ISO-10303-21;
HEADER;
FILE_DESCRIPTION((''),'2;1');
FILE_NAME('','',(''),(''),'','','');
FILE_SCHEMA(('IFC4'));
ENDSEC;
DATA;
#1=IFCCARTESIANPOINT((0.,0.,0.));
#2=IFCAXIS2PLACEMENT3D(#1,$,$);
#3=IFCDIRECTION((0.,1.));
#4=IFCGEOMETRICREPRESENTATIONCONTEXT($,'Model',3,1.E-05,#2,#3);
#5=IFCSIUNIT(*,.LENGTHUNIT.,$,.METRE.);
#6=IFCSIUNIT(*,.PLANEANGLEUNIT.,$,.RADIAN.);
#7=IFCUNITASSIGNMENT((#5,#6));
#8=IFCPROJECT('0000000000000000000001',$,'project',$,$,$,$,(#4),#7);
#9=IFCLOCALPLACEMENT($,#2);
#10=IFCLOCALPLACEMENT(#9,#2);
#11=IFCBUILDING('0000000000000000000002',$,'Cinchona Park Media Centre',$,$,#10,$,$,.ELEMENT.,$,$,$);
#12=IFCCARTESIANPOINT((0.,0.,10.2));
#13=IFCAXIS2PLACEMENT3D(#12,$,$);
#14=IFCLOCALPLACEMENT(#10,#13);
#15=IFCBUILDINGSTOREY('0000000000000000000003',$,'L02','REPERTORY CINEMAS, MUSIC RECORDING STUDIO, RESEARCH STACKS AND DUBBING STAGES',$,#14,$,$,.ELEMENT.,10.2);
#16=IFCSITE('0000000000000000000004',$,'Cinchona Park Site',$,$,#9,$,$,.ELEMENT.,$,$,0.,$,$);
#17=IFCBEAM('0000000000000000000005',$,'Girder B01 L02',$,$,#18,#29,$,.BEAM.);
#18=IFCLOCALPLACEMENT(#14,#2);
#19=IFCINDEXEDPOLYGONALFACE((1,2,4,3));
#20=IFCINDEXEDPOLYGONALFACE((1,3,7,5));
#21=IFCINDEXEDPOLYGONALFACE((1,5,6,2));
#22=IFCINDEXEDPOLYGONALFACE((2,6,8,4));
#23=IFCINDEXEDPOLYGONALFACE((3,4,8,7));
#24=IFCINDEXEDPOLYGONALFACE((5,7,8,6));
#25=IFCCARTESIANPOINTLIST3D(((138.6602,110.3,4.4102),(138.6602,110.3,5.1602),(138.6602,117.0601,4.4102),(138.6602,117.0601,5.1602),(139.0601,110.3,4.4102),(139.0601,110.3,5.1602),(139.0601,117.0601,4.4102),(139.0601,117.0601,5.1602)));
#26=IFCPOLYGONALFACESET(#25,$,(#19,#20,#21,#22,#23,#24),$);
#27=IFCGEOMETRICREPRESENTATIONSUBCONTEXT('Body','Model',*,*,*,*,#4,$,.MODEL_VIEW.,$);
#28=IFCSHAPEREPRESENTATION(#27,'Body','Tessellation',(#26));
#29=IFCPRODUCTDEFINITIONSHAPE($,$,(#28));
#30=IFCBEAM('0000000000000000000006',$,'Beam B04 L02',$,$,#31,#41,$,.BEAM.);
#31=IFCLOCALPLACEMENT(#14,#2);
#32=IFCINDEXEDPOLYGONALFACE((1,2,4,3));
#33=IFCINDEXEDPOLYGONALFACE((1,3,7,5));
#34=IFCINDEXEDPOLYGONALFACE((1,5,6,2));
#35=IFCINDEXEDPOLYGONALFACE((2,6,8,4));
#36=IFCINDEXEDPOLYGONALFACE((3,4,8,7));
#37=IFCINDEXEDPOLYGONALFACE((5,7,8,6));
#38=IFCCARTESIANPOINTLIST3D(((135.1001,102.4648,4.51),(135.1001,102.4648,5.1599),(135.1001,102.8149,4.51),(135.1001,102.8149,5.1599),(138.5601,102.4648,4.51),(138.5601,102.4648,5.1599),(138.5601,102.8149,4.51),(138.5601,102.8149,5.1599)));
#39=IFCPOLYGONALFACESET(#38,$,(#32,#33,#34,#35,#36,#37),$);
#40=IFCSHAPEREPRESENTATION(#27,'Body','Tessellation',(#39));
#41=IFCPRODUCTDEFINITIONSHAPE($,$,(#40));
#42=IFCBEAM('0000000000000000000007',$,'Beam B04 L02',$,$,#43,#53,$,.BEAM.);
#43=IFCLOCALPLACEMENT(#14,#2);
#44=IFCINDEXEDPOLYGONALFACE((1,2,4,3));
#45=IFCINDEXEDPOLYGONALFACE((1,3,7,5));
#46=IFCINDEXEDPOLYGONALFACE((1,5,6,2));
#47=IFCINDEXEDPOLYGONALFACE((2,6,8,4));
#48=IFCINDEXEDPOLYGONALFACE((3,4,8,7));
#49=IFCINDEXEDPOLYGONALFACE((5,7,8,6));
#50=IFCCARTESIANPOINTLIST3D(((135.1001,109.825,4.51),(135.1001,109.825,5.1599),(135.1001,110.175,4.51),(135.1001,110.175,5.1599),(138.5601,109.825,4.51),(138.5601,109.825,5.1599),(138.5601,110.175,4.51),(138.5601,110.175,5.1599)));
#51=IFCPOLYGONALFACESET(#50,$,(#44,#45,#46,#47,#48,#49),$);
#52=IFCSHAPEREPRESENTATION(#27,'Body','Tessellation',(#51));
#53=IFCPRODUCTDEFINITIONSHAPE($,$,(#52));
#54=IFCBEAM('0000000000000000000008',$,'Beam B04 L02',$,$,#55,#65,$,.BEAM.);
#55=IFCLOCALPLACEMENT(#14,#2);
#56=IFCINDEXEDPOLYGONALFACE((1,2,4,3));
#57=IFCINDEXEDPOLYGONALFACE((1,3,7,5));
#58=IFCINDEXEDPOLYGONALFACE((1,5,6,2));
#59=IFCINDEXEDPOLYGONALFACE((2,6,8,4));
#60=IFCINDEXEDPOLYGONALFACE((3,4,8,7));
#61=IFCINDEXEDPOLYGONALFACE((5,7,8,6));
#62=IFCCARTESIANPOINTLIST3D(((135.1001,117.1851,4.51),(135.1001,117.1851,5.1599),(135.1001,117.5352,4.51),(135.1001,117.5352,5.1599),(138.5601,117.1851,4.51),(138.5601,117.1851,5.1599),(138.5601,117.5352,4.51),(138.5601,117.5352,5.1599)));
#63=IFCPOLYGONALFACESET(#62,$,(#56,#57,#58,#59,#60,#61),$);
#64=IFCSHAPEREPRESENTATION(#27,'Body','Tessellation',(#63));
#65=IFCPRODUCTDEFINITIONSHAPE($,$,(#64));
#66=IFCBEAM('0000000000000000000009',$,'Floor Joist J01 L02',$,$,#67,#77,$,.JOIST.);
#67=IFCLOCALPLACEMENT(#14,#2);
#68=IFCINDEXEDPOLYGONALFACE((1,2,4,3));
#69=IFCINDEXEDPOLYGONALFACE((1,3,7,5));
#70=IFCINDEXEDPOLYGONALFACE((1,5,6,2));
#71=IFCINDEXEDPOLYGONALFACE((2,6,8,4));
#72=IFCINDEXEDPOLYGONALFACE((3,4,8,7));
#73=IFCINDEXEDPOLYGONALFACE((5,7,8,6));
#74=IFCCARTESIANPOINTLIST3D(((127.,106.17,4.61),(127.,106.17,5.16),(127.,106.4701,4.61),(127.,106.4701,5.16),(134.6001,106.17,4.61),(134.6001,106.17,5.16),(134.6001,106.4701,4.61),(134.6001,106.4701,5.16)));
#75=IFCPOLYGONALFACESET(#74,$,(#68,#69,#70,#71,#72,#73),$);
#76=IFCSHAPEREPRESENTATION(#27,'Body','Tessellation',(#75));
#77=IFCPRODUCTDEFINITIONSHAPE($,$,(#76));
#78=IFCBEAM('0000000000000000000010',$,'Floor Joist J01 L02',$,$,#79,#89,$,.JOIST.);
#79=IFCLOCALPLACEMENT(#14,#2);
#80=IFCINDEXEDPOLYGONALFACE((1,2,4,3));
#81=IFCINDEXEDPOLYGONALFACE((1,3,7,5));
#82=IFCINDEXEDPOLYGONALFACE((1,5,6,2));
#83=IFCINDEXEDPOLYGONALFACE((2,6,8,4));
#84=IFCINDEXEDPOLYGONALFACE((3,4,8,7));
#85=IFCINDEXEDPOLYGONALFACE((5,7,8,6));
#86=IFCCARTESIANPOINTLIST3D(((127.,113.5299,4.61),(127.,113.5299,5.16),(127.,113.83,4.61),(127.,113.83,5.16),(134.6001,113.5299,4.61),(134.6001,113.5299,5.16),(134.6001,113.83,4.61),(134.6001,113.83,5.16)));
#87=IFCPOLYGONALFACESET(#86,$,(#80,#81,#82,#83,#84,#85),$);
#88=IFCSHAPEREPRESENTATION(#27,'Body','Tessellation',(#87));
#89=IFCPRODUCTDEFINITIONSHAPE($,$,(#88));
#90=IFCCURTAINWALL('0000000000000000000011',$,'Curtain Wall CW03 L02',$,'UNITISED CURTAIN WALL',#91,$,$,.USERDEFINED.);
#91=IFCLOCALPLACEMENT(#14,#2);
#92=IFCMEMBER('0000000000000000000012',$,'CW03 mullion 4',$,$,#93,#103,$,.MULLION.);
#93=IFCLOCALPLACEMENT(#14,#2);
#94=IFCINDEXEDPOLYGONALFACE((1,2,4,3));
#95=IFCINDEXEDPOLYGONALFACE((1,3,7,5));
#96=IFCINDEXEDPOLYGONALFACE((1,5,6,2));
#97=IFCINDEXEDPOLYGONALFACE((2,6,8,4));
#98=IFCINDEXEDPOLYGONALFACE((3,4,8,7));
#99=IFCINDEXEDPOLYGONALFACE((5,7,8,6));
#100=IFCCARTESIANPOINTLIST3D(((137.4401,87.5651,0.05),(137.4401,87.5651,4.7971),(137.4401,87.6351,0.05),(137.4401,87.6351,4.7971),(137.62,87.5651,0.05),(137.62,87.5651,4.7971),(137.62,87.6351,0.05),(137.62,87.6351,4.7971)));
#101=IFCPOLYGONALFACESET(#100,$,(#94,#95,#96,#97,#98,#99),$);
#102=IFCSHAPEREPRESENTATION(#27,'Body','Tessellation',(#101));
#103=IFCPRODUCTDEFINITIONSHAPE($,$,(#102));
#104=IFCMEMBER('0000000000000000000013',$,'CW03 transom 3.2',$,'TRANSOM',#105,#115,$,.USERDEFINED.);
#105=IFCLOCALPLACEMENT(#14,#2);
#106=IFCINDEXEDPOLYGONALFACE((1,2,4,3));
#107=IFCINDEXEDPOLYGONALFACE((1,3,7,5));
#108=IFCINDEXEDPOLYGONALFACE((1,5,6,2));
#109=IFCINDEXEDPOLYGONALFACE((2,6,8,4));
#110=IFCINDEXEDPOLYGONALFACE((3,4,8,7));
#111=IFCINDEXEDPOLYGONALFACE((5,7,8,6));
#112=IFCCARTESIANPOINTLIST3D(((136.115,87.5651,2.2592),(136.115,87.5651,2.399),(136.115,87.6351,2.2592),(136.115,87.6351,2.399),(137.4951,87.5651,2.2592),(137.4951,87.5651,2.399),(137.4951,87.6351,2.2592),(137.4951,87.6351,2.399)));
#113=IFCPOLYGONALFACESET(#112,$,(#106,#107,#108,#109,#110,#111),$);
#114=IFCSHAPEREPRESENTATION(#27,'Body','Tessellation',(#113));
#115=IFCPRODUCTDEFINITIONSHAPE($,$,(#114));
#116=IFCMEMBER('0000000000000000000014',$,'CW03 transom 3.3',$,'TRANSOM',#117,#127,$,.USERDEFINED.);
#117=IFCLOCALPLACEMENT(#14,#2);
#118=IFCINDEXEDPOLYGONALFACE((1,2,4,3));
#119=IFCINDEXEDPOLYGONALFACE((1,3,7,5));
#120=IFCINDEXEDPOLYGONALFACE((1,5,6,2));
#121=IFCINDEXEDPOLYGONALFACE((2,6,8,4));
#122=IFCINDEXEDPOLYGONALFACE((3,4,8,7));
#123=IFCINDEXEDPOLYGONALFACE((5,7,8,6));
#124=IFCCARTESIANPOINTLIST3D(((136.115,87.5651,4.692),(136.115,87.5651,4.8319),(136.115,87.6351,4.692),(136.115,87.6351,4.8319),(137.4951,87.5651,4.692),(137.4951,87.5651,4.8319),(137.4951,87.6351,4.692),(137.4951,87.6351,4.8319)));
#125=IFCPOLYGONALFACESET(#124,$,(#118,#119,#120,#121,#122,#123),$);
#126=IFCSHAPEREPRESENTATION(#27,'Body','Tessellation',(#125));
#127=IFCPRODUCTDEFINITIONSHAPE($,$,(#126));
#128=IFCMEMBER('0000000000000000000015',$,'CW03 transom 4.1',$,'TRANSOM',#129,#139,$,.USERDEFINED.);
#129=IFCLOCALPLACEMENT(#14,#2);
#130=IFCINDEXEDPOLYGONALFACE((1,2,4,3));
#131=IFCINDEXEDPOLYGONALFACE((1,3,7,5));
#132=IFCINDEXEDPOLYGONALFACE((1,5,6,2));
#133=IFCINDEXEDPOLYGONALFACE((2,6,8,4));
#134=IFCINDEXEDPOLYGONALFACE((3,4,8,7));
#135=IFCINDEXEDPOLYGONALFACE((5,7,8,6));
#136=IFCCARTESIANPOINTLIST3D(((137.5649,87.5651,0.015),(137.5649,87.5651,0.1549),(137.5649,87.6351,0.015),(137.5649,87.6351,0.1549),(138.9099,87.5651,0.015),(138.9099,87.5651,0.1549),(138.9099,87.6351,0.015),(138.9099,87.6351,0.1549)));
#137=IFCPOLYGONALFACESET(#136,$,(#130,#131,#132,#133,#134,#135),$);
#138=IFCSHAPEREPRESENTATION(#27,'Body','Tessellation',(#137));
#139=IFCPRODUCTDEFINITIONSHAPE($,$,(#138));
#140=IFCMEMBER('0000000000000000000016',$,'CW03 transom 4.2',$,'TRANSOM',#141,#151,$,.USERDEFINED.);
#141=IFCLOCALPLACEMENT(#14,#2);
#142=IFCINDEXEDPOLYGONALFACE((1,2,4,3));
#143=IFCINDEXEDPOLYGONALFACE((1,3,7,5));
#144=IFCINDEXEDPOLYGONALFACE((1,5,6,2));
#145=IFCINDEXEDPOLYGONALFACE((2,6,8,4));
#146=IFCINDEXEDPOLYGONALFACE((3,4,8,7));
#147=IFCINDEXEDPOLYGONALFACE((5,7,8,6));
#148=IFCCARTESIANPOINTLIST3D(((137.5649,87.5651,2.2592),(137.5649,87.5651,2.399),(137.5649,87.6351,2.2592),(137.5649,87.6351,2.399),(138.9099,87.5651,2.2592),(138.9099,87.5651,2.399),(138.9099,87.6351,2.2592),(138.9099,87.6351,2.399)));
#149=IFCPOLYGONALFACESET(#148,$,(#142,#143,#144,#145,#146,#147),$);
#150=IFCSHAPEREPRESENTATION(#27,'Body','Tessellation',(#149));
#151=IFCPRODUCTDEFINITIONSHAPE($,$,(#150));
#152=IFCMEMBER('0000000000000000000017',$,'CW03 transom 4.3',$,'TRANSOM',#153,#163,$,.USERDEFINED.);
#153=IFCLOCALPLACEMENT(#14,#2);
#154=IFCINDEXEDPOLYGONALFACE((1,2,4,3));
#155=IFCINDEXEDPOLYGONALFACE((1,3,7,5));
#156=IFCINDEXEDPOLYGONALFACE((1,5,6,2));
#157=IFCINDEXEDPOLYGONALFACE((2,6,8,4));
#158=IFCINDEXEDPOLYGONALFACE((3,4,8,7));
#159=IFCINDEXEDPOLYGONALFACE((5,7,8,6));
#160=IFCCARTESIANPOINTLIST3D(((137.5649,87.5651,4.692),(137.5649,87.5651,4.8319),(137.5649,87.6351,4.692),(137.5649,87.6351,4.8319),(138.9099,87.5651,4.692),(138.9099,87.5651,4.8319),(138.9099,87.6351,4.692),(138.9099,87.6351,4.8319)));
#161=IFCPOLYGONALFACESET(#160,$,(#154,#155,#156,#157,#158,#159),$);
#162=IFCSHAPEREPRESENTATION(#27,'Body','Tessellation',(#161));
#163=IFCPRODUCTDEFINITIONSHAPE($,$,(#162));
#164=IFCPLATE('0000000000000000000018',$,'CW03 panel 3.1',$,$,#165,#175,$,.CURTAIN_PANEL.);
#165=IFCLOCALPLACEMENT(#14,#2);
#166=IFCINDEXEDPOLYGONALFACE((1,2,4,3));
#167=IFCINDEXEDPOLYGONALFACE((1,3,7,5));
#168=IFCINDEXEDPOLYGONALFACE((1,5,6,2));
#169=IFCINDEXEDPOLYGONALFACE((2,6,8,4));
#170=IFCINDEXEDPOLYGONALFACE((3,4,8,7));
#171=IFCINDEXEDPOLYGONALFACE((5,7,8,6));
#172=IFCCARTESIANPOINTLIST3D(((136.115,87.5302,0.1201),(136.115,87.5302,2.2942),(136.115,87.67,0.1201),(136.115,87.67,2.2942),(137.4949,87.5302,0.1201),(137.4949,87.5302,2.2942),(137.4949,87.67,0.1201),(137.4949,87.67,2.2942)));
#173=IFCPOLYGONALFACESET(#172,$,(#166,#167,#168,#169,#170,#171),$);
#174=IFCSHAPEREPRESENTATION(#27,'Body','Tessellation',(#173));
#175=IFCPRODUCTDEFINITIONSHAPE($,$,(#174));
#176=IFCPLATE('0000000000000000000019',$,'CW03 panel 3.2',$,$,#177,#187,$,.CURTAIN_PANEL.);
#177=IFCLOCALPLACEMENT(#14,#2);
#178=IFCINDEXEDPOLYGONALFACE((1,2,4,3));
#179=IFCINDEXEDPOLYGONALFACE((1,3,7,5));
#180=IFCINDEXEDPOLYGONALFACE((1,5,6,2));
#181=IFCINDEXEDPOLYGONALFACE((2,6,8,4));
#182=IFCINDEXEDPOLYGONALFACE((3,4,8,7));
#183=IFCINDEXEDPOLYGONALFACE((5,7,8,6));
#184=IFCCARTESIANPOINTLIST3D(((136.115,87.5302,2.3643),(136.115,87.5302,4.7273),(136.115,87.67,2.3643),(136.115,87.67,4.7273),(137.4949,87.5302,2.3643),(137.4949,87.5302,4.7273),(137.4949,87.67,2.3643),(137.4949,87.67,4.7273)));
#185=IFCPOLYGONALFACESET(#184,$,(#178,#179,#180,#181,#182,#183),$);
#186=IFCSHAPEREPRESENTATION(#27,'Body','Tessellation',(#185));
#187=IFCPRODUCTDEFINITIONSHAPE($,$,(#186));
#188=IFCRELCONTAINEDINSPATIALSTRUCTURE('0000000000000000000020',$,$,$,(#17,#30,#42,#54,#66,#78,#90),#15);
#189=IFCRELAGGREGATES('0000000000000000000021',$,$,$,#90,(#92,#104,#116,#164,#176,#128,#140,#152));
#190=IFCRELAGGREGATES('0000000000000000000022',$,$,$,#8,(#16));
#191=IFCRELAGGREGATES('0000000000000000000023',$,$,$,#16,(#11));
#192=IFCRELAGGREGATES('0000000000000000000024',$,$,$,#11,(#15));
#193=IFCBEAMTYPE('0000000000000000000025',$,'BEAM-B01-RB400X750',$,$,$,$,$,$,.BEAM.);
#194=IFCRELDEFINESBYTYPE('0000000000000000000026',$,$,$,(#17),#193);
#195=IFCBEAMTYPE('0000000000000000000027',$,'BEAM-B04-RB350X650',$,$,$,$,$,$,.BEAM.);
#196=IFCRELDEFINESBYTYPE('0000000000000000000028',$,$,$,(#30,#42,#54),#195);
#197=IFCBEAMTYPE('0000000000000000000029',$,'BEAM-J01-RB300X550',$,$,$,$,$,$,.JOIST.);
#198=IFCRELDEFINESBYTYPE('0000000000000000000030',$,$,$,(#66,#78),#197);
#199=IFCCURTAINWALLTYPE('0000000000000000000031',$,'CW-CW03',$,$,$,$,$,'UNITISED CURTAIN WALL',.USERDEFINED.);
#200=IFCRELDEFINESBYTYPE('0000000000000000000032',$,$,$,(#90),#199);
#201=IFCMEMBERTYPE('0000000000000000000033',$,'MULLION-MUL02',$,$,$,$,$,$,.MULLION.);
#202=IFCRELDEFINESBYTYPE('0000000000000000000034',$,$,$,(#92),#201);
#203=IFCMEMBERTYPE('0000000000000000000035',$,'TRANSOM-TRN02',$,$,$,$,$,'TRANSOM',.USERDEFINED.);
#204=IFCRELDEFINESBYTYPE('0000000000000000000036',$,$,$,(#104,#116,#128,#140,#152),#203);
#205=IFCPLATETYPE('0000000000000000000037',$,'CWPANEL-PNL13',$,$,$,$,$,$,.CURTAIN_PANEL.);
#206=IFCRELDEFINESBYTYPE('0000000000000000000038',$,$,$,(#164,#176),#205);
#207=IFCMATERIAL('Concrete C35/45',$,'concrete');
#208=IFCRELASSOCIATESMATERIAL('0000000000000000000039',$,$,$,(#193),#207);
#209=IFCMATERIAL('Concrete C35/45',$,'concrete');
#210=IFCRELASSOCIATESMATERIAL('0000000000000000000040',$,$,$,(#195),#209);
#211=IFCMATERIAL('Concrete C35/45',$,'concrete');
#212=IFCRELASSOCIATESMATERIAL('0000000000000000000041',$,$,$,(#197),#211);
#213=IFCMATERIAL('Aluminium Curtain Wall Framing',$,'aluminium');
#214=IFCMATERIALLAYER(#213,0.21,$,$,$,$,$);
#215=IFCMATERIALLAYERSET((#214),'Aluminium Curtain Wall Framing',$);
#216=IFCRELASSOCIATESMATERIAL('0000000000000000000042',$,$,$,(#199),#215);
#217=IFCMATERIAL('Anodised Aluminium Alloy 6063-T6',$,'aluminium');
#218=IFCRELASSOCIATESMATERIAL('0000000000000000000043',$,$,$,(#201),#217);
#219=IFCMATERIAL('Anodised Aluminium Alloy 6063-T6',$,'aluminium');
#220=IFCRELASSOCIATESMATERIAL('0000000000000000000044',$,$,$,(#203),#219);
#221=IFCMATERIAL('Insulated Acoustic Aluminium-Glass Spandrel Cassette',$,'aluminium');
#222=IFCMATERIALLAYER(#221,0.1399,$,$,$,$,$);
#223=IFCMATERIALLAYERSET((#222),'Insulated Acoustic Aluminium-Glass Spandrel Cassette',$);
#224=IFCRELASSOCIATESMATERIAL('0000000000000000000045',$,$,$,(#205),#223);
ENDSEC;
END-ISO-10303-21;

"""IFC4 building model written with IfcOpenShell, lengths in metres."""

from ifc_helpers import new_model, si_unit, direction, frame, origin, origin_2d, place, context, subcontext, project, spatial, rectangle, extrude, material, layer, layer_set, material_profile, profile_set, type_object, element, aggregate, save


model = new_model("IFC4")

# Units and contexts
model_context = context("Model", 3, precision=1e-05, world=origin(), true_north=direction((0.0, 1.0)))
body_context = subcontext(model_context, "Body", "Model", "MODEL_VIEW")
ifc_project = project(units=[si_unit("LENGTHUNIT", "METRE"), si_unit("PLANEANGLEUNIT", "RADIAN")], contexts=[model_context])

# Site, building, storey
site_placement = place(None, origin())
site = spatial("IfcSite", under=ifc_project, at=site_placement, Name="Cinchona Park Site", CompositionType="ELEMENT", RefElevation=0.0)
building_placement = place(site_placement, origin())
building = spatial("IfcBuilding", under=site, at=building_placement, Name="Cinchona Park Media Centre", CompositionType="ELEMENT")
storey_placement = place(building_placement, frame((0.0, 0.0, 10.2)))
storey = spatial("IfcBuildingStorey", under=building, at=storey_placement, Name="L02", Description="REPERTORY CINEMAS, MUSIC RECORDING STUDIO, RESEARCH STACKS AND DUBBING STAGES", CompositionType="ELEMENT", Elevation=10.2)

# Beams
ifc_material_1 = material(Name="Concrete C35/45", Category="concrete")
ifc_material_profile_1 = material_profile(ifc_material_1, rectangle(XDim=0.3999, YDim=0.75, at=origin_2d()), Name="RB 400X750")
ifc_profile_set_1 = profile_set([ifc_material_profile_1], Name="Concrete C35/45")
beam_type_1 = type_object("IfcBeamType", Name="BEAM-B01-RB400X750", PredefinedType="BEAM", material=ifc_profile_set_1)
for number, where, z_axis, x_axis, name in (
    (1, (138.8601, 110.3, 4.7852), (0.0, 1.0, 0.0), (-1.0, 0.0, 0.0), "Girder B01 L02"),
):
    element("IfcBeam", number, at=place(storey_placement, frame(where, z_axis=z_axis, x_axis=x_axis)), inside=storey, type_object=beam_type_1, Name=name, PredefinedType="BEAM", context=body_context, shape_type="SweptSolid", body=[
        extrude(rectangle(XDim=0.3999, YDim=0.75, at=origin_2d()), origin(), (0.0, 0.0, 1.0), 6.76),
    ])
ifc_material_2 = material(Name="Concrete C35/45", Category="concrete")
ifc_material_profile_2 = material_profile(ifc_material_2, rectangle(XDim=0.3501, YDim=0.6499, at=origin_2d()), Name="RB 350X650")
ifc_profile_set_2 = profile_set([ifc_material_profile_2], Name="Concrete C35/45")
beam_type_2 = type_object("IfcBeamType", Name="BEAM-B04-RB350X650", PredefinedType="BEAM", material=ifc_profile_set_2)
for number, where, z_axis, x_axis, name in (
    (2, (135.1001, 102.6399, 4.835), (1.0, 0.0, 0.0), (0.0, 1.0, 0.0), "Beam B04 L02"),
    (3, (135.1001, 110.0, 4.835), (1.0, 0.0, 0.0), (0.0, 1.0, 0.0), "Beam B04 L02"),
    (4, (135.1001, 117.3601, 4.835), (1.0, 0.0, 0.0), (0.0, 1.0, 0.0), "Beam B04 L02"),
):
    element("IfcBeam", number, at=place(storey_placement, frame(where, z_axis=z_axis, x_axis=x_axis)), inside=storey, type_object=beam_type_2, Name=name, PredefinedType="BEAM", context=body_context, shape_type="SweptSolid", body=[
        extrude(rectangle(XDim=0.3501, YDim=0.6499, at=origin_2d()), origin(), (0.0, 0.0, 1.0), 3.46),
    ])
ifc_material_3 = material(Name="Concrete C35/45", Category="concrete")
ifc_material_profile_3 = material_profile(ifc_material_3, rectangle(XDim=0.3, YDim=0.55, at=origin_2d()), Name="RB 300X550")
ifc_profile_set_3 = profile_set([ifc_material_profile_3], Name="Concrete C35/45")
beam_type_3 = type_object("IfcBeamType", Name="BEAM-J01-RB300X550", PredefinedType="JOIST", material=ifc_profile_set_3)
for number, where, z_axis, x_axis, name in (
    (5, (127.0, 106.3201, 4.885), (1.0, 0.0, 0.0), (0.0, 1.0, 0.0), "Floor Joist J01 L02"),
    (6, (127.0, 113.6799, 4.885), (1.0, 0.0, 0.0), (0.0, 1.0, 0.0), "Floor Joist J01 L02"),
):
    element("IfcBeam", number, at=place(storey_placement, frame(where, z_axis=z_axis, x_axis=x_axis)), inside=storey, type_object=beam_type_3, Name=name, PredefinedType="JOIST", context=body_context, shape_type="SweptSolid", body=[
        extrude(rectangle(XDim=0.3, YDim=0.55, at=origin_2d()), origin(), (0.0, 0.0, 1.0), 7.6001),
    ])

# Curtain wall, members, plates
ifc_material_4 = material(Name="Aluminium Curtain Wall Framing", Category="aluminium")
ifc_layer_1 = layer(ifc_material_4, 0.21)
ifc_layer_set_1 = layer_set([ifc_layer_1], Name="Aluminium Curtain Wall Framing")
curtain_wall_type = type_object("IfcCurtainWallType", Name="CW-CW03", ElementType="UNITISED CURTAIN WALL", PredefinedType="USERDEFINED", material=ifc_layer_set_1)
curtain_wall_placement = place(storey_placement, origin())
curtain_wall = element("IfcCurtainWall", 7, at=curtain_wall_placement, inside=storey, type_object=curtain_wall_type, Name="Curtain Wall CW03 L02", ObjectType="UNITISED CURTAIN WALL", PredefinedType="USERDEFINED")
ifc_material_5 = material(Name="Anodised Aluminium Alloy 6063-T6", Category="aluminium")
ifc_material_profile_4 = material_profile(ifc_material_5, rectangle(XDim=0.0701, YDim=0.1799, at=origin_2d()), Name="MUL-70X180")
ifc_profile_set_4 = profile_set([ifc_material_profile_4], Name="Anodised Aluminium Alloy 6063-T6")
member_type_1 = type_object("IfcMemberType", Name="MULLION-MUL02", PredefinedType="MULLION", material=ifc_profile_set_4)
member_1_placement = place(storey_placement, frame((137.53, 87.6001, 0.05), z_axis=(0.0, 0.0, 1.0), x_axis=(0.0, 1.0, 0.0)))
member_1 = element("IfcMember", 8, at=member_1_placement, type_object=member_type_1, Name="CW03 mullion 4", PredefinedType="MULLION", context=body_context, shape_type="SweptSolid", body=[
    extrude(rectangle(XDim=0.0701, YDim=0.1799, at=origin_2d()), origin(), (0.0, 0.0, 1.0), 4.7471),
])
ifc_material_6 = material(Name="Anodised Aluminium Alloy 6063-T6", Category="aluminium")
ifc_material_profile_5 = material_profile(ifc_material_6, rectangle(XDim=0.0701, YDim=0.1399, at=origin_2d()), Name="TRN-70X140")
ifc_profile_set_5 = profile_set([ifc_material_profile_5], Name="Anodised Aluminium Alloy 6063-T6")
member_type_2 = type_object("IfcMemberType", Name="TRANSOM-TRN02", ElementType="TRANSOM", PredefinedType="USERDEFINED", material=ifc_profile_set_5)
member_2_placement = place(storey_placement, frame((136.115, 87.6001, 2.3291), z_axis=(1.0, 0.0, 0.0), x_axis=(0.0, 1.0, 0.0)))
member_2 = element("IfcMember", 9, at=member_2_placement, type_object=member_type_2, Name="CW03 transom 3.2", ObjectType="TRANSOM", PredefinedType="USERDEFINED", context=body_context, shape_type="SweptSolid", body=[
    extrude(rectangle(XDim=0.0701, YDim=0.1399, at=origin_2d()), origin(), (0.0, 0.0, 1.0), 1.3801),
])
member_3_placement = place(storey_placement, frame((136.115, 87.6001, 4.762), z_axis=(1.0, 0.0, 0.0), x_axis=(0.0, 1.0, 0.0)))
member_3 = element("IfcMember", 10, at=member_3_placement, type_object=member_type_2, Name="CW03 transom 3.3", ObjectType="TRANSOM", PredefinedType="USERDEFINED", context=body_context, shape_type="SweptSolid", body=[
    extrude(rectangle(XDim=0.0701, YDim=0.1399, at=origin_2d()), origin(), (0.0, 0.0, 1.0), 1.3801),
])
member_4_placement = place(storey_placement, frame((137.5649, 87.6001, 0.085), z_axis=(1.0, 0.0, 0.0), x_axis=(0.0, 1.0, 0.0)))
member_4 = element("IfcMember", 11, at=member_4_placement, type_object=member_type_2, Name="CW03 transom 4.1", ObjectType="TRANSOM", PredefinedType="USERDEFINED", context=body_context, shape_type="SweptSolid", body=[
    extrude(rectangle(XDim=0.0701, YDim=0.1399, at=origin_2d()), origin(), (0.0, 0.0, 1.0), 1.345),
])
member_5_placement = place(storey_placement, frame((137.5649, 87.6001, 2.3291), z_axis=(1.0, 0.0, 0.0), x_axis=(0.0, 1.0, 0.0)))
member_5 = element("IfcMember", 12, at=member_5_placement, type_object=member_type_2, Name="CW03 transom 4.2", ObjectType="TRANSOM", PredefinedType="USERDEFINED", context=body_context, shape_type="SweptSolid", body=[
    extrude(rectangle(XDim=0.0701, YDim=0.1399, at=origin_2d()), origin(), (0.0, 0.0, 1.0), 1.345),
])
member_6_placement = place(storey_placement, frame((137.5649, 87.6001, 4.762), z_axis=(1.0, 0.0, 0.0), x_axis=(0.0, 1.0, 0.0)))
member_6 = element("IfcMember", 13, at=member_6_placement, type_object=member_type_2, Name="CW03 transom 4.3", ObjectType="TRANSOM", PredefinedType="USERDEFINED", context=body_context, shape_type="SweptSolid", body=[
    extrude(rectangle(XDim=0.0701, YDim=0.1399, at=origin_2d()), origin(), (0.0, 0.0, 1.0), 1.345),
])
ifc_material_7 = material(Name="Insulated Acoustic Aluminium-Glass Spandrel Cassette", Category="aluminium")
ifc_layer_2 = layer(ifc_material_7, 0.1399)
ifc_layer_set_2 = layer_set([ifc_layer_2], Name="Insulated Acoustic Aluminium-Glass Spandrel Cassette")
plate_type = type_object("IfcPlateType", Name="CWPANEL-PNL13", PredefinedType="CURTAIN_PANEL", material=ifc_layer_set_2)
plate_1_placement = place(storey_placement, frame((136.8049, 87.6001, 0.1201), z_axis=(0.0, 0.0, 1.0), x_axis=(1.0, 0.0, 0.0)))
plate_1 = element("IfcPlate", 14, at=plate_1_placement, type_object=plate_type, Name="CW03 panel 3.1", PredefinedType="CURTAIN_PANEL", context=body_context, shape_type="SweptSolid", body=[
    extrude(rectangle(XDim=1.3799, YDim=0.1399, at=origin_2d()), origin(), (0.0, 0.0, 1.0), 2.1741),
])
plate_2_placement = place(storey_placement, frame((136.8049, 87.6001, 2.3643), z_axis=(0.0, 0.0, 1.0), x_axis=(1.0, 0.0, 0.0)))
plate_2 = element("IfcPlate", 15, at=plate_2_placement, type_object=plate_type, Name="CW03 panel 3.2", PredefinedType="CURTAIN_PANEL", context=body_context, shape_type="SweptSolid", body=[
    extrude(rectangle(XDim=1.3799, YDim=0.1399, at=origin_2d()), origin(), (0.0, 0.0, 1.0), 2.363),
])
aggregate(curtain_wall, [member_1, member_2, member_3, plate_1, plate_2, member_4, member_5, member_6])

save(model, "model.ifc")
